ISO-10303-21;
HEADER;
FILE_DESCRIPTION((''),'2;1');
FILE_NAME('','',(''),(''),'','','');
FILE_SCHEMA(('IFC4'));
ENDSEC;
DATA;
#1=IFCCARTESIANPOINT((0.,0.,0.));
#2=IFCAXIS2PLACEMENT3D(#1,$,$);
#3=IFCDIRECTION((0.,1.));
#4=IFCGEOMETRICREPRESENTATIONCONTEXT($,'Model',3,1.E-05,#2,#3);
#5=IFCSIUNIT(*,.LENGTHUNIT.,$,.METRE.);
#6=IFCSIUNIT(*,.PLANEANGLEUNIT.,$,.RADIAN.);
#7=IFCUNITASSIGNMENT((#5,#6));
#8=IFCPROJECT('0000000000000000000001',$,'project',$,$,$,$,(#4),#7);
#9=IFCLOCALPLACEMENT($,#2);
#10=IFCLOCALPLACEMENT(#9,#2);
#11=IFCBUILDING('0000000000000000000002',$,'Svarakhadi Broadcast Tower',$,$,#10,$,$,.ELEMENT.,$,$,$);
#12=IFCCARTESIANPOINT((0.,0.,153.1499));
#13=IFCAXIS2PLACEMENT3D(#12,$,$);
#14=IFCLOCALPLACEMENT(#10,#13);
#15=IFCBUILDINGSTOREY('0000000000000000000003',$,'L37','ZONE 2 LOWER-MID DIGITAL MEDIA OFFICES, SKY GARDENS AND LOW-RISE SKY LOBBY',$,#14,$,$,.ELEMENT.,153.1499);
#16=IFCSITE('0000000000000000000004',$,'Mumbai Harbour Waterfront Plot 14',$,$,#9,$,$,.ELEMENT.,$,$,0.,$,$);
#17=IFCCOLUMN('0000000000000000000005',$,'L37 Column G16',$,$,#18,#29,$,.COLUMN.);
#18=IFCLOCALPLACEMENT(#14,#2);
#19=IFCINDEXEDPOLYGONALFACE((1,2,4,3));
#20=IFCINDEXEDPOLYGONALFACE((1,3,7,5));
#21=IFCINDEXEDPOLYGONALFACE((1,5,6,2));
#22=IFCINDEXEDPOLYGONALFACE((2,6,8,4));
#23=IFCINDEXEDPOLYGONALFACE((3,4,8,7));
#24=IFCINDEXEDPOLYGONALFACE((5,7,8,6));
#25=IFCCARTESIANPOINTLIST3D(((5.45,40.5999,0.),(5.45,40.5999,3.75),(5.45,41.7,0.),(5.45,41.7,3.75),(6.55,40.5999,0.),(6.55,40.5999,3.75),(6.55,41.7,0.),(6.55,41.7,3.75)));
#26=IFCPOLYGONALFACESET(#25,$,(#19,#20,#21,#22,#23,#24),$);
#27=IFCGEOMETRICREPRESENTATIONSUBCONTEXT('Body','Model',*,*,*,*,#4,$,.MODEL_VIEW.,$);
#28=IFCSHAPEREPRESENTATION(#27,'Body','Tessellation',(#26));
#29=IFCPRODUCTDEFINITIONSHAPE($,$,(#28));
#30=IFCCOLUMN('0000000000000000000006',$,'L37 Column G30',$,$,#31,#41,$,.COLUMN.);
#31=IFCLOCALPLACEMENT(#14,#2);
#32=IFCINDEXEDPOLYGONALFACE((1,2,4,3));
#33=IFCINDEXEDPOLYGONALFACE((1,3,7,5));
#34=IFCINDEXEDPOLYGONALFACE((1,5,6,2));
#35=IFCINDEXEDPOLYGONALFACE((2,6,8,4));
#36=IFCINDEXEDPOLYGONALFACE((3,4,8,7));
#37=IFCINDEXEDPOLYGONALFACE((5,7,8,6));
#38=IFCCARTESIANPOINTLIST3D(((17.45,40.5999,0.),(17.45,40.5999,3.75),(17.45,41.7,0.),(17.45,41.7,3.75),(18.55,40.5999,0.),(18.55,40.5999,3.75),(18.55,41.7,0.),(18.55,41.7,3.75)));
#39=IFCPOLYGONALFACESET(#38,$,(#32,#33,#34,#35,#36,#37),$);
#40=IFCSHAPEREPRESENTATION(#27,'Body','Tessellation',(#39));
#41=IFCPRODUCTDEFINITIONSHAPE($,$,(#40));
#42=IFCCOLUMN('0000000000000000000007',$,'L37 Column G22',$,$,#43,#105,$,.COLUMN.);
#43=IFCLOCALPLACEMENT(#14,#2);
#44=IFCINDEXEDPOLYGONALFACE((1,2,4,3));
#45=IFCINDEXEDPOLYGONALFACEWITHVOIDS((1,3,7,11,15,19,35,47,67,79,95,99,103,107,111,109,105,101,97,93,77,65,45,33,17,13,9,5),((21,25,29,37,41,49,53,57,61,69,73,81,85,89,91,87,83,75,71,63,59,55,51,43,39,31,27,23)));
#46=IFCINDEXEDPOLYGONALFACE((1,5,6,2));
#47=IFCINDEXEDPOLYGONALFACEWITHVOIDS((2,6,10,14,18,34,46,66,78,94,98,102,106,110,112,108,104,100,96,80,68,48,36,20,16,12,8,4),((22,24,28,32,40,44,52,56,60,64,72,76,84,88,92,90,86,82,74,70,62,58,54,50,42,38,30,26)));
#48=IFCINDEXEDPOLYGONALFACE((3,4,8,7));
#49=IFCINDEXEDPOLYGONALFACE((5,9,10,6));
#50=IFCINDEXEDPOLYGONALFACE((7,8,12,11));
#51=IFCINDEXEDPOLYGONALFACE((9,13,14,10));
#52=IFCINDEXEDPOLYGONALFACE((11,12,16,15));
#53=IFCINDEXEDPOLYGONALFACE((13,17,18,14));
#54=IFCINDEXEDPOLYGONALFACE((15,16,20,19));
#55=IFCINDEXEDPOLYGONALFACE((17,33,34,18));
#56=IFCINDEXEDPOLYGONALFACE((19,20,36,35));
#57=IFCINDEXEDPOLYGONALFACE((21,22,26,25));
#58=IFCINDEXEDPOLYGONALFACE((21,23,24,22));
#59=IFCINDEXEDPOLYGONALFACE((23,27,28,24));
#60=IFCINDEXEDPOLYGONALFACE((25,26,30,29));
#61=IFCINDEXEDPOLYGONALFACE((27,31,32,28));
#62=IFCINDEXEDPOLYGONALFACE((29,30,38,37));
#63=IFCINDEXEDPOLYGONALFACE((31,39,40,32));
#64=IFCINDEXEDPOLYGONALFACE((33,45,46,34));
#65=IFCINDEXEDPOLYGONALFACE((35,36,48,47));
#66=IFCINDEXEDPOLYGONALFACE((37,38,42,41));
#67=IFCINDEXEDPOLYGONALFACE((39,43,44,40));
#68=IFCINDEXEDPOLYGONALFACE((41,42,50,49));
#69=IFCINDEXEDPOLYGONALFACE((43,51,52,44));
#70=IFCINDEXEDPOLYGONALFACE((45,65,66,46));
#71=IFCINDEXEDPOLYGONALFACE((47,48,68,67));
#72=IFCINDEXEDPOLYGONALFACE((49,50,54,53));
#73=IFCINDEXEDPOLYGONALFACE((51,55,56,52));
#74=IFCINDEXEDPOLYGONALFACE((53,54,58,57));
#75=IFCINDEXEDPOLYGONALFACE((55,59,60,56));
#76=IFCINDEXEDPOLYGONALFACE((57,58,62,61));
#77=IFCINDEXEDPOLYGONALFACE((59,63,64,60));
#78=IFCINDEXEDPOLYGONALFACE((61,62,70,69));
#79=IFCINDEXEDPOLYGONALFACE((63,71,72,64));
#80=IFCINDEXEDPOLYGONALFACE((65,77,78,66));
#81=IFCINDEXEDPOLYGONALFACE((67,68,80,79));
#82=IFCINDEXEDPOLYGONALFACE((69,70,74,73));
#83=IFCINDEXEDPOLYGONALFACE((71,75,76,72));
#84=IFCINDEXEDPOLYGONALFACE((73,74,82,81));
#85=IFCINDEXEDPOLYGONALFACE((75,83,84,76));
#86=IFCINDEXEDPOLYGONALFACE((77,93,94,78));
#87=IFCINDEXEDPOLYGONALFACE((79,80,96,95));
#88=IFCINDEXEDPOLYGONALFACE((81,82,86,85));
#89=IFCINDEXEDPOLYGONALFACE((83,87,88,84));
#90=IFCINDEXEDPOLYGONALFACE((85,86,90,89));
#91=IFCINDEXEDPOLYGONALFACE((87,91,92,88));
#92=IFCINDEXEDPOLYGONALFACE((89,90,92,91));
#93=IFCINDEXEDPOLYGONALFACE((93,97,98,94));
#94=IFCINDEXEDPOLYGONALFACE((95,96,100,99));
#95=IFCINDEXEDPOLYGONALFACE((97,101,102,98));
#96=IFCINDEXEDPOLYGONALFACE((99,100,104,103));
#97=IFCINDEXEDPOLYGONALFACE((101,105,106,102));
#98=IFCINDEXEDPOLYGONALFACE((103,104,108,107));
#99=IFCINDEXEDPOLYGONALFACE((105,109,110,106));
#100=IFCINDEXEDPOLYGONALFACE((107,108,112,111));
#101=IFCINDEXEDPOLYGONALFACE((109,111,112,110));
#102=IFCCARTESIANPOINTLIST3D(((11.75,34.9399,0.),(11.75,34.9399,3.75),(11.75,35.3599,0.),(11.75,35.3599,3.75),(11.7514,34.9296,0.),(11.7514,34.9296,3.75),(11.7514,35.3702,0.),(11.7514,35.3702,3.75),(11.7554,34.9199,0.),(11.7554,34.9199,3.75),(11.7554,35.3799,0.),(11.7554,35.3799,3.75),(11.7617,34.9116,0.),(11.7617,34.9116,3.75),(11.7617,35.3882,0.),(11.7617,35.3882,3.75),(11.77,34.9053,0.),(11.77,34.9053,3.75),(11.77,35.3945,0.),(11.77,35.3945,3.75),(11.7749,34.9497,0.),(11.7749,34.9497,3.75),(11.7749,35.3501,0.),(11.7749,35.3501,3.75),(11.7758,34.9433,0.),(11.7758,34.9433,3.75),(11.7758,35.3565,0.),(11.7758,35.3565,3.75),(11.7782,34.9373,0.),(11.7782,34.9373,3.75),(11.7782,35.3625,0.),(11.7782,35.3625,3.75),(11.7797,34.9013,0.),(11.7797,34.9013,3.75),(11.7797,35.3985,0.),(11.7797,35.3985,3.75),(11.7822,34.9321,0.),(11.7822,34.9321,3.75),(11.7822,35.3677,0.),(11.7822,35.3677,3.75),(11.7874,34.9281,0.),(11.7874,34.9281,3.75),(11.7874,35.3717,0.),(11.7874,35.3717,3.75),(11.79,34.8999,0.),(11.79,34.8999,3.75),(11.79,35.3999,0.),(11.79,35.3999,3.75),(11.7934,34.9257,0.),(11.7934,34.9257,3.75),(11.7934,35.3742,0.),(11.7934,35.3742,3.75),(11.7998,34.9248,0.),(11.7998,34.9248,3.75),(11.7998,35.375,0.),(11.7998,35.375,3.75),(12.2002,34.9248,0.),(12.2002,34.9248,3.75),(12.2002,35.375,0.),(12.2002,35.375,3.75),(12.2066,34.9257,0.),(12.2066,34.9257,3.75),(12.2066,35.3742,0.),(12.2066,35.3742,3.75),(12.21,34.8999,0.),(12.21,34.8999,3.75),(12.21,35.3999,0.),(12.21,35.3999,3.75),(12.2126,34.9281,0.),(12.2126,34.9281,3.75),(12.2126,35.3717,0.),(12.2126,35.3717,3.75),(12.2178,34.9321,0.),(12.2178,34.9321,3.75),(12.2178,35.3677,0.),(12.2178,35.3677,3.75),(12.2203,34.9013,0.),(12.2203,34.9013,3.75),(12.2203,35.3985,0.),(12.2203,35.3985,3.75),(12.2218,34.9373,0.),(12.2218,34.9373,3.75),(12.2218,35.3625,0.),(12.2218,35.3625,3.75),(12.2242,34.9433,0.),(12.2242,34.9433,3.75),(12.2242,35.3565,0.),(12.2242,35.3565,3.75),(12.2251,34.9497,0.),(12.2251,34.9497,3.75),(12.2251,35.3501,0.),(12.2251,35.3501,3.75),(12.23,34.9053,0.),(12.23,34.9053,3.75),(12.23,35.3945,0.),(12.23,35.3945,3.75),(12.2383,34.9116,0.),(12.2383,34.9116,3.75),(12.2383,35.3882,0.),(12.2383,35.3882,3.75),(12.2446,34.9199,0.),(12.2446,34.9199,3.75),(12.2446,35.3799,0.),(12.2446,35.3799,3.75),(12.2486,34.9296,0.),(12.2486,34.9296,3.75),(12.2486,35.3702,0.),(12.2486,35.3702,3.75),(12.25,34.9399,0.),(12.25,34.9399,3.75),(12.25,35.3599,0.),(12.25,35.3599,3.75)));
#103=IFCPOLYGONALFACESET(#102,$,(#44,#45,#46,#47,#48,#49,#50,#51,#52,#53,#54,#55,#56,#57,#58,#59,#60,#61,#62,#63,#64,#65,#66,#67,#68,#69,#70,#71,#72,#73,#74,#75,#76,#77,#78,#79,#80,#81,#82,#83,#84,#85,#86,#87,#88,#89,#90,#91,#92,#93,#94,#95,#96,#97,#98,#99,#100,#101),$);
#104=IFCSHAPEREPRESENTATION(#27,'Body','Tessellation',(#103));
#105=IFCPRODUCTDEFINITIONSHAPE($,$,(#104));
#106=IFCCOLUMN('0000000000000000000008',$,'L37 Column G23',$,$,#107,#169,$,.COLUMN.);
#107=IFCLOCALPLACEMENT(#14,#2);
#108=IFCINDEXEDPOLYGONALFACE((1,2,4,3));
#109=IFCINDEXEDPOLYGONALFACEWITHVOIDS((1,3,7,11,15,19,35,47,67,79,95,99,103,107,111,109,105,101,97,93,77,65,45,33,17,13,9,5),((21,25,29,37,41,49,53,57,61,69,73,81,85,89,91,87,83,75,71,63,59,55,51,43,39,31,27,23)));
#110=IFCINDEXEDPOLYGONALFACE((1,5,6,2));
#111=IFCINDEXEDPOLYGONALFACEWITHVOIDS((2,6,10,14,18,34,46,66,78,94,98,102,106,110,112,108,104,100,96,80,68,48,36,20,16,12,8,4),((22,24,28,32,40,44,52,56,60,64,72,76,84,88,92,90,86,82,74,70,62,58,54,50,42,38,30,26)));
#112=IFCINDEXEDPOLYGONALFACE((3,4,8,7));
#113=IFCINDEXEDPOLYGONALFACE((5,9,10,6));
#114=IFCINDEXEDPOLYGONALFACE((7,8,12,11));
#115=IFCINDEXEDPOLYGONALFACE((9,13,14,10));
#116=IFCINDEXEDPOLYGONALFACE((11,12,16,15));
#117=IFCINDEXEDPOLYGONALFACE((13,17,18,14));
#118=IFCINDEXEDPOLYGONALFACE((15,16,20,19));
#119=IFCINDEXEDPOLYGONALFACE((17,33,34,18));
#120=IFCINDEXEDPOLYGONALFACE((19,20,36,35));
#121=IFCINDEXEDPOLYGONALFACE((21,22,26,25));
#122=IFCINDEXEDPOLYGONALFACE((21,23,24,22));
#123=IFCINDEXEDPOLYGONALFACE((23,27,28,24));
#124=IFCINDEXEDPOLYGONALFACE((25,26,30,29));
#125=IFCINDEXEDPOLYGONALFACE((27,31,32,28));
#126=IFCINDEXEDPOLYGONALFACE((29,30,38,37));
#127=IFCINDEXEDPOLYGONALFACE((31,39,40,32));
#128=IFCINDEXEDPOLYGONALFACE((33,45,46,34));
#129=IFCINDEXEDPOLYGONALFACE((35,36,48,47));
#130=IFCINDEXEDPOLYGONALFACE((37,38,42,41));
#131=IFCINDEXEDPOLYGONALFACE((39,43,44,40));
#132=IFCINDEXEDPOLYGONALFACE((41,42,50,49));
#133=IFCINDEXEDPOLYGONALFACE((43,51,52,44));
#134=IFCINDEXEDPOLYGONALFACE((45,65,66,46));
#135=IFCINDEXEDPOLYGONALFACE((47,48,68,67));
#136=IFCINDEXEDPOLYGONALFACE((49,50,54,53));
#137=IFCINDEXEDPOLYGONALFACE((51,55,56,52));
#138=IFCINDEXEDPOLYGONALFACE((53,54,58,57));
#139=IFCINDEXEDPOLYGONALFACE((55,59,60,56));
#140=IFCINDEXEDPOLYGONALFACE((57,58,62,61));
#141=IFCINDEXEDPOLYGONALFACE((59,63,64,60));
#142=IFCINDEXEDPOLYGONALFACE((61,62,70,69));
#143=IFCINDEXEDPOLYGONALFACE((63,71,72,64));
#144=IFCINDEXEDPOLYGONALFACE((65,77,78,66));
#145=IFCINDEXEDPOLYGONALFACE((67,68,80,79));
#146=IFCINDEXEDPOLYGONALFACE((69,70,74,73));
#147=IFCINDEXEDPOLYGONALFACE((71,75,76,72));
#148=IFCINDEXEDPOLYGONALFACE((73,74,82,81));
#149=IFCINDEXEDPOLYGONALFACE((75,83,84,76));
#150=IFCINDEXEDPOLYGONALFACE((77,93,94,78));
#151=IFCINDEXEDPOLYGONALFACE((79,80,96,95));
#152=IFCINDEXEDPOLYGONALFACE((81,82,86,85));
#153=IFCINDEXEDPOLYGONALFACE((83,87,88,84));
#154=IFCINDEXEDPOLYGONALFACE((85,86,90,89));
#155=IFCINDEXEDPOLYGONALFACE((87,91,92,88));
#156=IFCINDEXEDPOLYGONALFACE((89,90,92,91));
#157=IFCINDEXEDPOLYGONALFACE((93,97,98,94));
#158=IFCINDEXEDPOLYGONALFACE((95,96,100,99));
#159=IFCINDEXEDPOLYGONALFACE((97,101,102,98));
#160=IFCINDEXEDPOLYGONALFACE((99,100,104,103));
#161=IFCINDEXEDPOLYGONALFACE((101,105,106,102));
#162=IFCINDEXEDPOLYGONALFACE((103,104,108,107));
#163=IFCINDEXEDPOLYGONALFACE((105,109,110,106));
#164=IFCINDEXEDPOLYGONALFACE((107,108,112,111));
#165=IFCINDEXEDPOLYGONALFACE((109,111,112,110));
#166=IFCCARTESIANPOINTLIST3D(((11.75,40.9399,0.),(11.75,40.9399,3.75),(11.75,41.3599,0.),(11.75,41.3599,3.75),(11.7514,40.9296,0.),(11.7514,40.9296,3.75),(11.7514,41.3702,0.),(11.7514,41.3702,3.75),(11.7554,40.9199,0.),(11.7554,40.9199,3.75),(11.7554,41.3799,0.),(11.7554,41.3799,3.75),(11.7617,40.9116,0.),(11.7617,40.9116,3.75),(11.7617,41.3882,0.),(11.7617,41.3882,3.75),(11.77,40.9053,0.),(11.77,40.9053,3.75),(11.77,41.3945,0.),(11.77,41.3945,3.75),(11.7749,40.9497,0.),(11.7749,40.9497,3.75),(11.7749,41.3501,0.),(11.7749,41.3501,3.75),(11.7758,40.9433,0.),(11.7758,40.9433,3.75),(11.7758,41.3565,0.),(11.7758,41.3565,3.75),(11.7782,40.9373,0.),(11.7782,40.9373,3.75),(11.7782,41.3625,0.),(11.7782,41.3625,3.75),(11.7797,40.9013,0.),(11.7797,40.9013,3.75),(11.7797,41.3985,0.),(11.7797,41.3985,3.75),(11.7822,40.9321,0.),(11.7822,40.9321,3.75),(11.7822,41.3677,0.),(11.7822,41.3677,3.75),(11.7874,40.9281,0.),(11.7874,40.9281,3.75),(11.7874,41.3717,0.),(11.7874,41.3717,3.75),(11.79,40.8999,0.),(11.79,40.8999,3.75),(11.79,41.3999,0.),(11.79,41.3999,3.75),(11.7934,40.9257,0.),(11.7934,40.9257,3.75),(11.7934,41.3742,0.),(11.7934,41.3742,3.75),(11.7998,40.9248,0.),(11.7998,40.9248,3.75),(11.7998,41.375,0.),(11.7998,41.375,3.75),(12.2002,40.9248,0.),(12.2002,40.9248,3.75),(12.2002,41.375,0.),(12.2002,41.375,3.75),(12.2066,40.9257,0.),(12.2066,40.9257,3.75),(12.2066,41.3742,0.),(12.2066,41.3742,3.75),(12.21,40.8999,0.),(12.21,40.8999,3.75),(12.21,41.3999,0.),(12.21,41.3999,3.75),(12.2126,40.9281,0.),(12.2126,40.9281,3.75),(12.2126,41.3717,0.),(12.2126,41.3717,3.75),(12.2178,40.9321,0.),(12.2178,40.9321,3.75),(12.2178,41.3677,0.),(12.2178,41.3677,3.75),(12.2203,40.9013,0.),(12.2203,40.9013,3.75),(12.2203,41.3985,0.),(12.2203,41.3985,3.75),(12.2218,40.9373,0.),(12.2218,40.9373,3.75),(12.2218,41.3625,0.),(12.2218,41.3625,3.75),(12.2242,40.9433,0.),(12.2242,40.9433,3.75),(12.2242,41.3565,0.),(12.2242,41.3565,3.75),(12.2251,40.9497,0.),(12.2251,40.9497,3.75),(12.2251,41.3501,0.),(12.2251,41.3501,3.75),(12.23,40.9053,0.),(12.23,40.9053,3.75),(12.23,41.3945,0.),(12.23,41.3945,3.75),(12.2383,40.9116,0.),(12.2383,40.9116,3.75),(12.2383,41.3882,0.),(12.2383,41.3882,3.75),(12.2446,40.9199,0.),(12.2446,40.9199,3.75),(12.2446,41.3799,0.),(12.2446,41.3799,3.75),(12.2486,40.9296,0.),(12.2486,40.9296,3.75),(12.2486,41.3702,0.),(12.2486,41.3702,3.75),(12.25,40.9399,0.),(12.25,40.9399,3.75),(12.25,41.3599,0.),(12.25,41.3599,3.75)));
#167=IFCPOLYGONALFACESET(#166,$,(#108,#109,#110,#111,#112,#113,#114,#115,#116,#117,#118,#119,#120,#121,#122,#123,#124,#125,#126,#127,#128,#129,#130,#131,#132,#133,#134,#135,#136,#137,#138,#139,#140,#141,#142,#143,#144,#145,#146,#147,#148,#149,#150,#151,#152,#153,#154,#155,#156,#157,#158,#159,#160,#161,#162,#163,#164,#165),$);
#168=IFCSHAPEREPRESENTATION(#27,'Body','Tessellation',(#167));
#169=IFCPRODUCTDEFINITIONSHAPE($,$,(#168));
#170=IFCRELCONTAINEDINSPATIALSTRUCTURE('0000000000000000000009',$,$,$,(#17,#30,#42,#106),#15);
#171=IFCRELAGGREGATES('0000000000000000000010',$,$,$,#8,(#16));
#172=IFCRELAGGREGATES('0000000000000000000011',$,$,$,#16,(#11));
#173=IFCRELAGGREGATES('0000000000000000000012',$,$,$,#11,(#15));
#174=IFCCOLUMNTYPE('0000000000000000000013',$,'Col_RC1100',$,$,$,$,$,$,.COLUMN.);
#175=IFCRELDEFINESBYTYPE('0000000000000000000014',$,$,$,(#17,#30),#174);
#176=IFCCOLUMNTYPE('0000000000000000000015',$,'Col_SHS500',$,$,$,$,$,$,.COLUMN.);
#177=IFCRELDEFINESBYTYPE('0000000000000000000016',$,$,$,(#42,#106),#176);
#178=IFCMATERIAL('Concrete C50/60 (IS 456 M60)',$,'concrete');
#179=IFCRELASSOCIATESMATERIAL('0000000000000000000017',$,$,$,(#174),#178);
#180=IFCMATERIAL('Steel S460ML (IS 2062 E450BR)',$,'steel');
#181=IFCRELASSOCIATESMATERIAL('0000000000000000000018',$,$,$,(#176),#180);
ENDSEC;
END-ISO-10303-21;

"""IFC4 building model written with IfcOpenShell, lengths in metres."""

from ifc_helpers import new_model, si_unit, direction, frame, origin, origin_2d, place, context, subcontext, project, spatial, rectangle, hollow_rectangle, extrude, material, material_profile, profile_set, type_object, element, save


model = new_model("IFC4")

# Units and contexts
model_context = context("Model", 3, precision=1e-05, world=origin(), true_north=direction((0.0, 1.0)))
body_context = subcontext(model_context, "Body", "Model", "MODEL_VIEW")
ifc_project = project(units=[si_unit("LENGTHUNIT", "METRE"), si_unit("PLANEANGLEUNIT", "RADIAN")], contexts=[model_context])

# Site, building, storey
site_placement = place(None, origin())
site = spatial("IfcSite", under=ifc_project, at=site_placement, Name="Mumbai Harbour Waterfront Plot 14", CompositionType="ELEMENT", RefElevation=0.0)
building_placement = place(site_placement, origin())
building = spatial("IfcBuilding", under=site, at=building_placement, Name="Svarakhadi Broadcast Tower", CompositionType="ELEMENT")
storey_placement = place(building_placement, frame((0.0, 0.0, 153.1499)))
storey = spatial("IfcBuildingStorey", under=building, at=storey_placement, Name="L37", Description="ZONE 2 LOWER-MID DIGITAL MEDIA OFFICES, SKY GARDENS AND LOW-RISE SKY LOBBY", CompositionType="ELEMENT", Elevation=153.1499)

# Columns
ifc_material_1 = material(Name="Concrete C50/60 (IS 456 M60)", Category="concrete")
ifc_material_profile_1 = material_profile(ifc_material_1, rectangle(XDim=1.1001, YDim=1.1001, at=origin_2d()), Name="RC 1100x1100")
ifc_profile_set_1 = profile_set([ifc_material_profile_1], Name="Concrete C50/60 (IS 456 M60)")
column_type_1 = type_object("IfcColumnType", Name="Col_RC1100", PredefinedType="COLUMN", material=ifc_profile_set_1)
for number, where, z_axis, x_axis, name in (
    (1, (6.0, 41.1499, 0.0), (0.0, 0.0, 1.0), (1.0, 0.0, 0.0), "L37 Column G16"),
    (2, (18.0, 41.1499, 0.0), (0.0, 0.0, 1.0), (1.0, 0.0, 0.0), "L37 Column G30"),
):
    element("IfcColumn", number, at=place(storey_placement, frame(where, z_axis=z_axis, x_axis=x_axis)), inside=storey, type_object=column_type_1, Name=name, PredefinedType="COLUMN", context=body_context, shape_type="SweptSolid", body=[
        extrude(rectangle(XDim=1.1001, YDim=1.1001, at=origin_2d()), origin(), (0.0, 0.0, 1.0), 3.75),
    ])
ifc_material_2 = material(Name="Steel S460ML (IS 2062 E450BR)", Category="steel")
ifc_material_profile_2 = material_profile(ifc_material_2, hollow_rectangle(XDim=0.5, YDim=0.5, WallThickness=0.0249, InnerFilletRadius=0.0249, OuterFilletRadius=0.04, at=origin_2d()), Name="SHS 500x500x25")
ifc_profile_set_2 = profile_set([ifc_material_profile_2], Name="Steel S460ML (IS 2062 E450BR)")
column_type_2 = type_object("IfcColumnType", Name="Col_SHS500", PredefinedType="COLUMN", material=ifc_profile_set_2)
for number, where, z_axis, x_axis, name in (
    (3, (12.0, 35.1499, 0.0), (0.0, 0.0, 1.0), (1.0, 0.0, 0.0), "L37 Column G22"),
    (4, (12.0, 41.1499, 0.0), (0.0, 0.0, 1.0), (1.0, 0.0, 0.0), "L37 Column G23"),
):
    element("IfcColumn", number, at=place(storey_placement, frame(where, z_axis=z_axis, x_axis=x_axis)), inside=storey, type_object=column_type_2, Name=name, PredefinedType="COLUMN", context=body_context, shape_type="SweptSolid", body=[
        extrude(hollow_rectangle(XDim=0.5, YDim=0.5, WallThickness=0.0249, InnerFilletRadius=0.0249, OuterFilletRadius=0.04, at=origin_2d()), origin(), (0.0, 0.0, 1.0), 3.75),
    ])

save(model, "model.ifc")
